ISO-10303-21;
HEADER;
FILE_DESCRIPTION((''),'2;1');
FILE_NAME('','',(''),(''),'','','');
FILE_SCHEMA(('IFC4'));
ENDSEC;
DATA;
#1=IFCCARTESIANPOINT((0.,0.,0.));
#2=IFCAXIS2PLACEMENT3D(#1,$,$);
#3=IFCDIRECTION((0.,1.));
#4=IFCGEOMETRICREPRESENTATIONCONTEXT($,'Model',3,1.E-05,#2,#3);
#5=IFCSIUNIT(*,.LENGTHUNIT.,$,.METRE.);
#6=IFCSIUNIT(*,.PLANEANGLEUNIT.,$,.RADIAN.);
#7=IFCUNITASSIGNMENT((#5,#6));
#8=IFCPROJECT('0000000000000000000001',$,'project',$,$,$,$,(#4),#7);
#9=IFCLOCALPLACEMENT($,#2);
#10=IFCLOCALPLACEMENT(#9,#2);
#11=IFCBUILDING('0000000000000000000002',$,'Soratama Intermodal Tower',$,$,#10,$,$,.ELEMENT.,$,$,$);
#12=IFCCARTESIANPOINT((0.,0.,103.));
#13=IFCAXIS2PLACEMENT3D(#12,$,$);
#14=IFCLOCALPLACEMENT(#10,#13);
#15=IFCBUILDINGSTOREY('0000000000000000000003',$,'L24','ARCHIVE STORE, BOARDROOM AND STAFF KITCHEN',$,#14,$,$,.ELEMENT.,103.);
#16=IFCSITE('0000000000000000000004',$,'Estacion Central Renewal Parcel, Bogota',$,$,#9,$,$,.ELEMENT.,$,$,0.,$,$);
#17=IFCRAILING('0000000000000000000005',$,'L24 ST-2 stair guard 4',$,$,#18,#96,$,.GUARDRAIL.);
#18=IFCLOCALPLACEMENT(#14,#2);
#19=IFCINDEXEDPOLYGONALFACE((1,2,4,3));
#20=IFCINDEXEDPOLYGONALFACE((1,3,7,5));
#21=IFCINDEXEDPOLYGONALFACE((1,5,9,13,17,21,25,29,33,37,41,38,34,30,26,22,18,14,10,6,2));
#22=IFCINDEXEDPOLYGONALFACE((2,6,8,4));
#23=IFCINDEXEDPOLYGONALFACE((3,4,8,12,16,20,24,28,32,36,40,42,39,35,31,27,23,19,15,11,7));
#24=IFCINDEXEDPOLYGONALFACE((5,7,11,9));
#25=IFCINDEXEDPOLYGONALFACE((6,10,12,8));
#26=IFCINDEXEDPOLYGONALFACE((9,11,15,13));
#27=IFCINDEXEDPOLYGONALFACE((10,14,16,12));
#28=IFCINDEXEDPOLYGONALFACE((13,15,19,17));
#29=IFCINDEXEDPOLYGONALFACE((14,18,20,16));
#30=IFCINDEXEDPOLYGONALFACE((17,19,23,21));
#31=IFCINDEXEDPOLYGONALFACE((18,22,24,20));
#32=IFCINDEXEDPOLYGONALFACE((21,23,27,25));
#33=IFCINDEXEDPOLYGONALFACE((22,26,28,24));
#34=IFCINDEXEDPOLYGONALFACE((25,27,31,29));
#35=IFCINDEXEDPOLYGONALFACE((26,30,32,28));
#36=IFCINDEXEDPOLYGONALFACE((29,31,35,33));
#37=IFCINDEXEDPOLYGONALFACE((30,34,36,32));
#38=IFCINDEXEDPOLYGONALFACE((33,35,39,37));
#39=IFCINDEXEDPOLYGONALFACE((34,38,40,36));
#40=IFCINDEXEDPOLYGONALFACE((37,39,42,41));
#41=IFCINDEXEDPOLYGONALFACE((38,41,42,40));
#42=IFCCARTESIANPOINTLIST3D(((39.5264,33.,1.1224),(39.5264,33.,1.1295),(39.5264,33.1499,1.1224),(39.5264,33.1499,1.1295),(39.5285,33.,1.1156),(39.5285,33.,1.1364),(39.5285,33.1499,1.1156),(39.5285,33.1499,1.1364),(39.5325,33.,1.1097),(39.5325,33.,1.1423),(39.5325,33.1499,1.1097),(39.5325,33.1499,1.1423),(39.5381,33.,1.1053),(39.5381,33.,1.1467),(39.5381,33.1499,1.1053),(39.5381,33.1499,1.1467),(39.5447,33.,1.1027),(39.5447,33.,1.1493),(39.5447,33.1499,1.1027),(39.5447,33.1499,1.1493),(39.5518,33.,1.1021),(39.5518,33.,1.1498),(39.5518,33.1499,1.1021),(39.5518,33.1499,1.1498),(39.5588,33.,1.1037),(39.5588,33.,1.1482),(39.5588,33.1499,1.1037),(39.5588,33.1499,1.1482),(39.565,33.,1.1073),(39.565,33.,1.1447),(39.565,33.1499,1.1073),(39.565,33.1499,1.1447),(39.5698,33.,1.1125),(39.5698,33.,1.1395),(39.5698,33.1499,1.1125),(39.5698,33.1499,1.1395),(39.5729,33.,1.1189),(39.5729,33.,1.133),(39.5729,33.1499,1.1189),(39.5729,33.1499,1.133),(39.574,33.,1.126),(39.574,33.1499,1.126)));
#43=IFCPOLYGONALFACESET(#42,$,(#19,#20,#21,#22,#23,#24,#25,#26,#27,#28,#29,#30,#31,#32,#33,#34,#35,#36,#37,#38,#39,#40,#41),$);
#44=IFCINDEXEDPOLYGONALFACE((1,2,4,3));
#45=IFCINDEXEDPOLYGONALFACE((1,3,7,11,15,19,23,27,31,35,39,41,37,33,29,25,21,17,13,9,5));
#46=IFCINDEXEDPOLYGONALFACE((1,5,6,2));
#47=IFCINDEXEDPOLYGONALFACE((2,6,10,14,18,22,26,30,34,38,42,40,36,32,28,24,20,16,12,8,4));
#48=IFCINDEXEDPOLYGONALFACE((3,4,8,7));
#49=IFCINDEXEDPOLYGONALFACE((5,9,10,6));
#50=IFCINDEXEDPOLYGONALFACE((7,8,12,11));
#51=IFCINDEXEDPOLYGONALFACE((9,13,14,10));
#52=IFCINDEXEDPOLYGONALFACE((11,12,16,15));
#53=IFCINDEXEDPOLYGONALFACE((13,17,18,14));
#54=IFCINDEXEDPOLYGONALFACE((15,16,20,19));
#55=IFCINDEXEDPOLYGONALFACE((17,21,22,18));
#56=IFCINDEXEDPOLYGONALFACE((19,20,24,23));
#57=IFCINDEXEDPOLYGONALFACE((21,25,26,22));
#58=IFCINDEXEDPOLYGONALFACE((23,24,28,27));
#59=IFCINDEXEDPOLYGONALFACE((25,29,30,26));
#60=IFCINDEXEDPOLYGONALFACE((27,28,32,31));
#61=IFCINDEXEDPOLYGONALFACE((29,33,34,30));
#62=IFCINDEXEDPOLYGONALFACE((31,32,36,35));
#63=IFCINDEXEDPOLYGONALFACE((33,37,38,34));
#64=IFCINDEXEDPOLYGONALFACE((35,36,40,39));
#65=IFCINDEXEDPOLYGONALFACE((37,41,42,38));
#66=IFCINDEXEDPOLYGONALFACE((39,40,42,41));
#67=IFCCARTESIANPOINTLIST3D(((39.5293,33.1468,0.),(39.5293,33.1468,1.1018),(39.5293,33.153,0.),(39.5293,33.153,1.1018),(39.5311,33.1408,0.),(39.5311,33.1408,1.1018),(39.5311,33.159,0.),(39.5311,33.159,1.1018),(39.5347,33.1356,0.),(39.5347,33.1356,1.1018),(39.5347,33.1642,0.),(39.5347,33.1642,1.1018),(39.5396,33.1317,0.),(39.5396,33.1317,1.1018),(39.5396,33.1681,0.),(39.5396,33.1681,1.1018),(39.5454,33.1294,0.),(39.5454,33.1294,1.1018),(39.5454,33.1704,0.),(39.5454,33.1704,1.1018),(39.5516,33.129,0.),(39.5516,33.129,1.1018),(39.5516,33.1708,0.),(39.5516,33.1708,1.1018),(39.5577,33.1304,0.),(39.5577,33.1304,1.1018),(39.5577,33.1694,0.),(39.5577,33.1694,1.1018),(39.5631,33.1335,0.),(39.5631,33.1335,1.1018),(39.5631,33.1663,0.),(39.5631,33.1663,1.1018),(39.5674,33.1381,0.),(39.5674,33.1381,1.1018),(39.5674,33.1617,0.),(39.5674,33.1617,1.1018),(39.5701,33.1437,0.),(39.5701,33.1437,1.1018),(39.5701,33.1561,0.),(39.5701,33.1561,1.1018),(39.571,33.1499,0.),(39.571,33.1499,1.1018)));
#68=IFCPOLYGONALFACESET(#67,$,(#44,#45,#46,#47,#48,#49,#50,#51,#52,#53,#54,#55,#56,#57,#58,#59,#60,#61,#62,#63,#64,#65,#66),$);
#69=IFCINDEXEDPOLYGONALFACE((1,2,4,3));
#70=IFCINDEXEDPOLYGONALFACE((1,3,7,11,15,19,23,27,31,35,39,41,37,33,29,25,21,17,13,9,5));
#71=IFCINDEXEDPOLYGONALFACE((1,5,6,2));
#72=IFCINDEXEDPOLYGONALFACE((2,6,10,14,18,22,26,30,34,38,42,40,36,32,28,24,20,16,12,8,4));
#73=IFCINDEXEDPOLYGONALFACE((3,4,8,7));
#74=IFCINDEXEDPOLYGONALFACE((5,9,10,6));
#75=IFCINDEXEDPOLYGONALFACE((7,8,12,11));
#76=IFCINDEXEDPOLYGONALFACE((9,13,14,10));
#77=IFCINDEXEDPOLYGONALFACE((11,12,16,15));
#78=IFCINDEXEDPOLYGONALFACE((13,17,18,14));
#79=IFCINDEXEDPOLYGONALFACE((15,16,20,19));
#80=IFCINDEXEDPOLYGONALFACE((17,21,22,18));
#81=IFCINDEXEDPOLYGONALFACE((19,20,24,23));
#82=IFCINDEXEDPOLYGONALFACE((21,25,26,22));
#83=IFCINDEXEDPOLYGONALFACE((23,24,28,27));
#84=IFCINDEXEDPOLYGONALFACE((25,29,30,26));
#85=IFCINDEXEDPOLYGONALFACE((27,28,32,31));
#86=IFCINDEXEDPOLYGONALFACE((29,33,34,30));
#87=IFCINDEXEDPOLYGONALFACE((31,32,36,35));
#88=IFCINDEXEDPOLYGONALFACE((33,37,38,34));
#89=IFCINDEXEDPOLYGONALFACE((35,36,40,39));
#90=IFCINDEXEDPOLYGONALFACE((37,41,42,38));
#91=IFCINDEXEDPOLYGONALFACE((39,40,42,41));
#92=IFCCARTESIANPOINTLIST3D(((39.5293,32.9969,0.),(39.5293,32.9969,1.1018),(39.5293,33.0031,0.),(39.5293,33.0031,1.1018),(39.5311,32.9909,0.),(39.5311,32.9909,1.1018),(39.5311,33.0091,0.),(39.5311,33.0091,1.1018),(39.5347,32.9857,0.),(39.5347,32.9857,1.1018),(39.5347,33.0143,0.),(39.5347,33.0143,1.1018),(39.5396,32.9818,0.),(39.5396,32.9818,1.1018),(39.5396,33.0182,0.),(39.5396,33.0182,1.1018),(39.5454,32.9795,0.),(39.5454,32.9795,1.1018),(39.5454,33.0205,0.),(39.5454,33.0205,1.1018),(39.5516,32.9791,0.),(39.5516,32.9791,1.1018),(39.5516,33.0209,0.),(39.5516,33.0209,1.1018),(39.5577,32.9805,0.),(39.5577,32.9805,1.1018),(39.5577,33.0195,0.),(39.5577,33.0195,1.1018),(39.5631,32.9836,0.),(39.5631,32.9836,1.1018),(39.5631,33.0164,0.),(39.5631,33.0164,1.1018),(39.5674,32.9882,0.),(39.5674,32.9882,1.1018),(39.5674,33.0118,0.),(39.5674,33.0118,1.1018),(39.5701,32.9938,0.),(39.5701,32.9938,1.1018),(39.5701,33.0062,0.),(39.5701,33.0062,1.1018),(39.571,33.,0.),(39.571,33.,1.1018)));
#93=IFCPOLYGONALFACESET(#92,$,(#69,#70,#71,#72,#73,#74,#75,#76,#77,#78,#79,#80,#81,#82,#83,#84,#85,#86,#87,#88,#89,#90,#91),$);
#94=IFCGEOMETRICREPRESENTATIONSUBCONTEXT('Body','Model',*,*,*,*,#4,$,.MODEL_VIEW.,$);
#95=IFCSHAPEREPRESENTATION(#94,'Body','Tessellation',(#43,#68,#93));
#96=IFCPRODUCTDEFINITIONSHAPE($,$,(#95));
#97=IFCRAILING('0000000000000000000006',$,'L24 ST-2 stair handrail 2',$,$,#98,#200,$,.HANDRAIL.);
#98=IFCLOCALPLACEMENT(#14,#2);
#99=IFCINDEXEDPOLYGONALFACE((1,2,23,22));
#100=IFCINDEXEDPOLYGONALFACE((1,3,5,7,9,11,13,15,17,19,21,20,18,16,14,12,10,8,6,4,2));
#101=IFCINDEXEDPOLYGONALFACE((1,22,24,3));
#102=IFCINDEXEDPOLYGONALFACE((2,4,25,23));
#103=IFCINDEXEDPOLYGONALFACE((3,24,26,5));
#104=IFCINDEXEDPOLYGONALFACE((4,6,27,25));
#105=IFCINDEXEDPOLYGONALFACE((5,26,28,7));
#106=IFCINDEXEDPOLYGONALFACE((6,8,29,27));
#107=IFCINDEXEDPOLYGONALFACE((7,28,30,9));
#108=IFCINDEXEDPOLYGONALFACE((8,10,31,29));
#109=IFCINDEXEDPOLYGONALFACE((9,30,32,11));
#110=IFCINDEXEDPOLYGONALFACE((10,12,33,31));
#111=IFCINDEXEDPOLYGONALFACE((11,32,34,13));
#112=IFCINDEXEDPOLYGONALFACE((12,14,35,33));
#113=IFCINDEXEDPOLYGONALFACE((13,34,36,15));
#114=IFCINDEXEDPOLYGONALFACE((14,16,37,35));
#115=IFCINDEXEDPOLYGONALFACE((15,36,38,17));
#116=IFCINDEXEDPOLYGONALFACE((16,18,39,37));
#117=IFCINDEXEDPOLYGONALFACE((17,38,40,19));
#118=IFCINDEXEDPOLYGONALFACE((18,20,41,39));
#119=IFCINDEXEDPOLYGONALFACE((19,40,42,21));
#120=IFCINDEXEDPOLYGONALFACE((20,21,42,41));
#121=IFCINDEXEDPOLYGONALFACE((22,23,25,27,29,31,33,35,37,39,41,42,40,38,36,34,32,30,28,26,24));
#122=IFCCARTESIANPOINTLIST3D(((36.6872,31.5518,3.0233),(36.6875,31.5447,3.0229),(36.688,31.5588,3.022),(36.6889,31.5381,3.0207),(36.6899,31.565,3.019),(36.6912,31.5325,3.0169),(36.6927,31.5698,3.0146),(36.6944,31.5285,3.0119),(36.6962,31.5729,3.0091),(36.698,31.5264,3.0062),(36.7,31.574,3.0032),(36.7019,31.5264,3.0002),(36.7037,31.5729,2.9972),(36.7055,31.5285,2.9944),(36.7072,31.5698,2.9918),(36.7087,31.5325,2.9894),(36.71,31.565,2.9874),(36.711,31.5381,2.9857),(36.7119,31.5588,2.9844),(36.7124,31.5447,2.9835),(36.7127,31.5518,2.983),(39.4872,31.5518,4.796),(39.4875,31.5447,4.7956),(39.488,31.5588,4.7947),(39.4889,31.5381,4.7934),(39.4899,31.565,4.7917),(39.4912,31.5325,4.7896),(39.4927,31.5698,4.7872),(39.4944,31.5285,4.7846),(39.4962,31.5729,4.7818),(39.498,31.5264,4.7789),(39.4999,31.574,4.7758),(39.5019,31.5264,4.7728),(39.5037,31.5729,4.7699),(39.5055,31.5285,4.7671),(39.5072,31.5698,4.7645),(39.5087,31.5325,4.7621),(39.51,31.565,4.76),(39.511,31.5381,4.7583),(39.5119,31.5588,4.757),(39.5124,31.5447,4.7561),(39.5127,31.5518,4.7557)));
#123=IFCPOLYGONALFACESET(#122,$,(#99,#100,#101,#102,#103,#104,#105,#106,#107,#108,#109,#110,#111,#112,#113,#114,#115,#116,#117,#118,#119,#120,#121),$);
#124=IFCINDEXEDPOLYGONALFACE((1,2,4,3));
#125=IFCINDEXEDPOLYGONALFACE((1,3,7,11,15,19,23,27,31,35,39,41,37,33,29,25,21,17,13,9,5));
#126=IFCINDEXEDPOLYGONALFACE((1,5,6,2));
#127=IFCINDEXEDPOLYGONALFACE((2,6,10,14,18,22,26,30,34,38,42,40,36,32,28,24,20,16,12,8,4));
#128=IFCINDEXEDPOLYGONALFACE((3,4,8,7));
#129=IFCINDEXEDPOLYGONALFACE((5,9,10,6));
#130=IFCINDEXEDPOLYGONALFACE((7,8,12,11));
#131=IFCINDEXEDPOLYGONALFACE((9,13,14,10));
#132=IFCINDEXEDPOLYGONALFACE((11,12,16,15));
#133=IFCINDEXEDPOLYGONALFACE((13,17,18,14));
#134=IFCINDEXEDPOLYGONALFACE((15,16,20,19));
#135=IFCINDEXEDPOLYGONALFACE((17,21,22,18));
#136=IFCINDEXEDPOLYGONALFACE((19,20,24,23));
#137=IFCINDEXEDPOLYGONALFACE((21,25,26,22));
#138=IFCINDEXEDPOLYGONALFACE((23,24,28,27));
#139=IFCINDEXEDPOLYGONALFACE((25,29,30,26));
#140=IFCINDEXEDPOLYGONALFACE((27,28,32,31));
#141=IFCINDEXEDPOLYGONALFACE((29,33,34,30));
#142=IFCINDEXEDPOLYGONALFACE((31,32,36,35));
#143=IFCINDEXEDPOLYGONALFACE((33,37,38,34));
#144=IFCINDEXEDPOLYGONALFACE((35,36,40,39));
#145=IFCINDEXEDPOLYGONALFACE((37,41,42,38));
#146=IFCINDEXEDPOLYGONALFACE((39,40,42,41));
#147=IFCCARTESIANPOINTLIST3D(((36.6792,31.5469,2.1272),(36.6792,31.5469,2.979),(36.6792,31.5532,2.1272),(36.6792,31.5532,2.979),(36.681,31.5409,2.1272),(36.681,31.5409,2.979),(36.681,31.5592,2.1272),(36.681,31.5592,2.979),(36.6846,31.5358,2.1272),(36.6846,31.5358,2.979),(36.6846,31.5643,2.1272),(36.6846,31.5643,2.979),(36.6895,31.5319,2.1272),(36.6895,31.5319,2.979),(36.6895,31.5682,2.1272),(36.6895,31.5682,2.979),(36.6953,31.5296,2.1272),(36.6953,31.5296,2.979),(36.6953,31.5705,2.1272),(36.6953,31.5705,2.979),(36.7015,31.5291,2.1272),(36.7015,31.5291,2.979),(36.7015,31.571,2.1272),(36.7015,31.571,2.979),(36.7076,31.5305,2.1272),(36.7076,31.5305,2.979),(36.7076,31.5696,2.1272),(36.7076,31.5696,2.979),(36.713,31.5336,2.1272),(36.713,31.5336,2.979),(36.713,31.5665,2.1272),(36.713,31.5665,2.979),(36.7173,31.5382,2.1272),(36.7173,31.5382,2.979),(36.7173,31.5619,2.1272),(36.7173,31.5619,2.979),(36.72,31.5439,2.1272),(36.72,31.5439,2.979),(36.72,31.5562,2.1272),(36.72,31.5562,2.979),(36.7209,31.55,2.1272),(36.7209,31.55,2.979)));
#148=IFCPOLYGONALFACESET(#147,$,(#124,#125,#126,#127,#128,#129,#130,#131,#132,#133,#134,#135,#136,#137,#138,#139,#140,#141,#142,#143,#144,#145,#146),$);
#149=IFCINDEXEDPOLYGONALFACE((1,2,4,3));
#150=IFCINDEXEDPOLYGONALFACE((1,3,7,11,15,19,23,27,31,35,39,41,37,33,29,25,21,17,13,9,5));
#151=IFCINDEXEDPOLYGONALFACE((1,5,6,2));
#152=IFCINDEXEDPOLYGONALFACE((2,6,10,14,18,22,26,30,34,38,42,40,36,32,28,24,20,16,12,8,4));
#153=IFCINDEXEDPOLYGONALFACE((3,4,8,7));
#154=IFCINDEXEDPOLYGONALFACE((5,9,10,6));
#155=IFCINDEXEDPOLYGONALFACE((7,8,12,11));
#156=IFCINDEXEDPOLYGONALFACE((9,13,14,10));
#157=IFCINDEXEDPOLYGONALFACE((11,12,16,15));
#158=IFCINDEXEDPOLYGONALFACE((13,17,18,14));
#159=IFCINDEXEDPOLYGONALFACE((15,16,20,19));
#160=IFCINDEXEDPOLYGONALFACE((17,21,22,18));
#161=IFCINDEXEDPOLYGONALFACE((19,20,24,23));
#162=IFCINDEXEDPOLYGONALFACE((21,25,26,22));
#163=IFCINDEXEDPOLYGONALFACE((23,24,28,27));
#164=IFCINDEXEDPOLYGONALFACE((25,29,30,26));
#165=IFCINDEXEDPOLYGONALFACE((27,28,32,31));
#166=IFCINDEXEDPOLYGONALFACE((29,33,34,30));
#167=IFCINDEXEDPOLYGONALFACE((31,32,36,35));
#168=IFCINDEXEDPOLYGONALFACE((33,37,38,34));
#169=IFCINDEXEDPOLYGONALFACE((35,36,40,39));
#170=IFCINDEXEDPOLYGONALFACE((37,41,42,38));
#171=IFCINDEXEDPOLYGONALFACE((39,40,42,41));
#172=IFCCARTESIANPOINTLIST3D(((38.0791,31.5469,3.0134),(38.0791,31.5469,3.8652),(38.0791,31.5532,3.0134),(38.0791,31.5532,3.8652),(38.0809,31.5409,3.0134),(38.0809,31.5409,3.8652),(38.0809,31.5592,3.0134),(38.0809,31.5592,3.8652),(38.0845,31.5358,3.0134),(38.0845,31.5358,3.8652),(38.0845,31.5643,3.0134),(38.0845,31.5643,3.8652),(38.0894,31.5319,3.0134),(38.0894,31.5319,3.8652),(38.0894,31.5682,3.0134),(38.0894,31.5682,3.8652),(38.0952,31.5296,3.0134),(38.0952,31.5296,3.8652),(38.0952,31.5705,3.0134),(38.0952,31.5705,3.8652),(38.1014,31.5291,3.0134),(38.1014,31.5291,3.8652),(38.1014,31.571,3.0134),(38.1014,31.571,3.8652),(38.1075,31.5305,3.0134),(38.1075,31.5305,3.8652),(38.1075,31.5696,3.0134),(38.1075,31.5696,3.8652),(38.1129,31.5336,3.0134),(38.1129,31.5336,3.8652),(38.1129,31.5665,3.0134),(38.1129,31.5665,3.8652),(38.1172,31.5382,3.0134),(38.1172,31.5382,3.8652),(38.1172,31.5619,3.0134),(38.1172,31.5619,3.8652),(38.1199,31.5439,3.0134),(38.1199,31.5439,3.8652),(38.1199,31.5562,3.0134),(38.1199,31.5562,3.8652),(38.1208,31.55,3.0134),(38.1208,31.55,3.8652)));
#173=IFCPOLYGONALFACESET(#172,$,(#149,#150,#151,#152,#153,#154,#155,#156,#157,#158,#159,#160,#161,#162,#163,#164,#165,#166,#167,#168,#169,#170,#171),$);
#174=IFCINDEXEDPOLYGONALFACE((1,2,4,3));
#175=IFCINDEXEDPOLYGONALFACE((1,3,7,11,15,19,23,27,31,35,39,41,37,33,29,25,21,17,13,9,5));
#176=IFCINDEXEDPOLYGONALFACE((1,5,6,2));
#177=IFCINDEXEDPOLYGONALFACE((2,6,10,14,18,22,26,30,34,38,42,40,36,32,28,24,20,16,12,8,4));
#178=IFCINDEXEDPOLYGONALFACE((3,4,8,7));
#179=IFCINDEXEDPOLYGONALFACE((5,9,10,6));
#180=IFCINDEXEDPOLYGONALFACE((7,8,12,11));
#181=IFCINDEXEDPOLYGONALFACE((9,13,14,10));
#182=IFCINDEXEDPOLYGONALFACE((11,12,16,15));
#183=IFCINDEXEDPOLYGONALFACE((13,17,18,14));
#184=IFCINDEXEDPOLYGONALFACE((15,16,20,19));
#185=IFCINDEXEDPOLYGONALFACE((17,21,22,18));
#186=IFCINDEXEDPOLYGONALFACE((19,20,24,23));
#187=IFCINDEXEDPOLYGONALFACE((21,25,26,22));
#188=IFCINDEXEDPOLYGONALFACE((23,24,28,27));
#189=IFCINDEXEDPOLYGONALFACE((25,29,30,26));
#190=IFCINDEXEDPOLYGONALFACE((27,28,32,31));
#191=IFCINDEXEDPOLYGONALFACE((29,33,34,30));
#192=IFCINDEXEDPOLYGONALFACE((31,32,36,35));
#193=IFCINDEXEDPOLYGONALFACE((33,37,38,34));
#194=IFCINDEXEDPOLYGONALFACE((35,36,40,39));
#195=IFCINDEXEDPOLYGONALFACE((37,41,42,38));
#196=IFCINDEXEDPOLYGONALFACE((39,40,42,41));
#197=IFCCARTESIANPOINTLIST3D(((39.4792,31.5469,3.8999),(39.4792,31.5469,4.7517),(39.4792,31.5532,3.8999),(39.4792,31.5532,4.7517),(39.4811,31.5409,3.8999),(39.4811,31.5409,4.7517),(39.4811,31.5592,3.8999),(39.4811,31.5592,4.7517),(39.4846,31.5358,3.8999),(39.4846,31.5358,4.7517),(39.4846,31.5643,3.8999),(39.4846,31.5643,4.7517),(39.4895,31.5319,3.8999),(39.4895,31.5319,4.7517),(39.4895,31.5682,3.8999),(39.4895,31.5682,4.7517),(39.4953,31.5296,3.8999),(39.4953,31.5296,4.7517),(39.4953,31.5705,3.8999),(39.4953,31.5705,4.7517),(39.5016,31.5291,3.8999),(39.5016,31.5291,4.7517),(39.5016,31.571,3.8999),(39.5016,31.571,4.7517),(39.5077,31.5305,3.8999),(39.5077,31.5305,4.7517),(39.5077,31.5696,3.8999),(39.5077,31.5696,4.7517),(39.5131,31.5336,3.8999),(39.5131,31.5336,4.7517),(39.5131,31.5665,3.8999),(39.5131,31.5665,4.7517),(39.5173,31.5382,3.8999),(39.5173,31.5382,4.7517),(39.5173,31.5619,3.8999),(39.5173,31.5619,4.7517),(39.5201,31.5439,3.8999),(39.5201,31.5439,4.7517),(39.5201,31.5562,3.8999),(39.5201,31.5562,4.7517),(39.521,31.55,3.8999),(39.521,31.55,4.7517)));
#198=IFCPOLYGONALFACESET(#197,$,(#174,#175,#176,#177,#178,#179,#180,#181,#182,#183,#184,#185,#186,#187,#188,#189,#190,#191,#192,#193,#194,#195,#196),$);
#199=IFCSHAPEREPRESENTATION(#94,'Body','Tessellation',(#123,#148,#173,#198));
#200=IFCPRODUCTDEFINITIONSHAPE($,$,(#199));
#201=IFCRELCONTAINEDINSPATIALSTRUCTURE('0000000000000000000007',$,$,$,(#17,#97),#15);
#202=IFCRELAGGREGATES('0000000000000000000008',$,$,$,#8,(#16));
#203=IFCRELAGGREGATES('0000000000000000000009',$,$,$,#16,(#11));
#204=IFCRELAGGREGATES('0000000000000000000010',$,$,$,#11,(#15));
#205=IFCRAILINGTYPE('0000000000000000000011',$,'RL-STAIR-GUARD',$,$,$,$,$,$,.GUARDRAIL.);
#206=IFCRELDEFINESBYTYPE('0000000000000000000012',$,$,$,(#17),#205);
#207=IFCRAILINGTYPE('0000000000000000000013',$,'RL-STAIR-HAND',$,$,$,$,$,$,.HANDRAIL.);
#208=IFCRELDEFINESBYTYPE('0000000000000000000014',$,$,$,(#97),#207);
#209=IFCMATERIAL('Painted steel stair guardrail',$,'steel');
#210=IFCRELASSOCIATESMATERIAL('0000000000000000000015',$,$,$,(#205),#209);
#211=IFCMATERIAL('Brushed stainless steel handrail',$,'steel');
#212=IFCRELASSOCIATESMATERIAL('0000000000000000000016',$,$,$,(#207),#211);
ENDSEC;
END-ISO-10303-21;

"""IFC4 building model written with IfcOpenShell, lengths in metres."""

from ifc_helpers import new_model, si_unit, direction, frame, origin, origin_2d, place, context, subcontext, project, spatial, circle, extrude, material, type_object, element, save


model = new_model("IFC4")

# Units and contexts
model_context = context("Model", 3, precision=1e-05, world=origin(), true_north=direction((0.0, 1.0)))
body_context = subcontext(model_context, "Body", "Model", "MODEL_VIEW")
ifc_project = project(units=[si_unit("LENGTHUNIT", "METRE"), si_unit("PLANEANGLEUNIT", "RADIAN")], contexts=[model_context])

# Site, building, storey
site_placement = place(None, origin())
site = spatial("IfcSite", under=ifc_project, at=site_placement, Name="Estacion Central Renewal Parcel, Bogota", CompositionType="ELEMENT", RefElevation=0.0)
building_placement = place(site_placement, origin())
building = spatial("IfcBuilding", under=site, at=building_placement, Name="Soratama Intermodal Tower", CompositionType="ELEMENT")
storey_placement = place(building_placement, frame((0.0, 0.0, 103.0)))
storey = spatial("IfcBuildingStorey", under=building, at=storey_placement, Name="L24", Description="ARCHIVE STORE, BOARDROOM AND STAFF KITCHEN", CompositionType="ELEMENT", Elevation=103.0)

# Railings
ifc_material_1 = material(Name="Painted steel stair guardrail", Category="steel")
railing_type_1 = type_object("IfcRailingType", Name="RL-STAIR-GUARD", PredefinedType="GUARDRAIL", material=ifc_material_1)
railing_1_placement = place(storey_placement, frame((39.55, 33.1499, 0.0)))
element("IfcRailing", 1, at=railing_1_placement, inside=storey, type_object=railing_type_1, Name="L24 ST-2 stair guard 4", PredefinedType="GUARDRAIL", context=body_context, shape_type="SweptSolid", body=[
    extrude(circle(Radius=0.0239, at=origin_2d()), frame((0.0, 0.0, 1.126), z_axis=(0.0, -1.0, 0.0), x_axis=(1.0, 0.0, 0.0)), (0.0, 0.0, 1.0), 0.1499),
    extrude(circle(Radius=0.021, at=origin_2d()), origin(), (0.0, 0.0, 1.0), 1.1018),
    extrude(circle(Radius=0.021, at=origin_2d()), frame((0.0, -0.1499, 0.0)), (0.0, 0.0, 1.0), 1.1018),
])
ifc_material_2 = material(Name="Brushed stainless steel handrail", Category="steel")
railing_type_2 = type_object("IfcRailingType", Name="RL-STAIR-HAND", PredefinedType="HANDRAIL", material=ifc_material_2)
railing_2_placement = place(storey_placement, frame((36.7, 31.55, 2.1272)))
element("IfcRailing", 2, at=railing_2_placement, inside=storey, type_object=railing_type_2, Name="L24 ST-2 stair handrail 2", PredefinedType="HANDRAIL", context=body_context, shape_type="SweptSolid", body=[
    extrude(circle(Radius=0.0239, at=origin_2d()), frame((0.0, 0.0, 0.876), z_axis=(0.844909, 0.0, 0.53491), x_axis=(0.0, 1.0, 0.0)), (0.0, 0.0, 1.0), 3.314),
    extrude(circle(Radius=0.021, at=origin_2d()), origin(), (0.0, 0.0, 1.0), 0.8518),
    extrude(circle(Radius=0.021, at=origin_2d()), frame((1.3999, 0.0, 0.8862)), (0.0, 0.0, 1.0), 0.8518),
    extrude(circle(Radius=0.021, at=origin_2d()), frame((2.8, 0.0, 1.7727)), (0.0, 0.0, 1.0), 0.8518),
])

save(model, "model.ifc")
